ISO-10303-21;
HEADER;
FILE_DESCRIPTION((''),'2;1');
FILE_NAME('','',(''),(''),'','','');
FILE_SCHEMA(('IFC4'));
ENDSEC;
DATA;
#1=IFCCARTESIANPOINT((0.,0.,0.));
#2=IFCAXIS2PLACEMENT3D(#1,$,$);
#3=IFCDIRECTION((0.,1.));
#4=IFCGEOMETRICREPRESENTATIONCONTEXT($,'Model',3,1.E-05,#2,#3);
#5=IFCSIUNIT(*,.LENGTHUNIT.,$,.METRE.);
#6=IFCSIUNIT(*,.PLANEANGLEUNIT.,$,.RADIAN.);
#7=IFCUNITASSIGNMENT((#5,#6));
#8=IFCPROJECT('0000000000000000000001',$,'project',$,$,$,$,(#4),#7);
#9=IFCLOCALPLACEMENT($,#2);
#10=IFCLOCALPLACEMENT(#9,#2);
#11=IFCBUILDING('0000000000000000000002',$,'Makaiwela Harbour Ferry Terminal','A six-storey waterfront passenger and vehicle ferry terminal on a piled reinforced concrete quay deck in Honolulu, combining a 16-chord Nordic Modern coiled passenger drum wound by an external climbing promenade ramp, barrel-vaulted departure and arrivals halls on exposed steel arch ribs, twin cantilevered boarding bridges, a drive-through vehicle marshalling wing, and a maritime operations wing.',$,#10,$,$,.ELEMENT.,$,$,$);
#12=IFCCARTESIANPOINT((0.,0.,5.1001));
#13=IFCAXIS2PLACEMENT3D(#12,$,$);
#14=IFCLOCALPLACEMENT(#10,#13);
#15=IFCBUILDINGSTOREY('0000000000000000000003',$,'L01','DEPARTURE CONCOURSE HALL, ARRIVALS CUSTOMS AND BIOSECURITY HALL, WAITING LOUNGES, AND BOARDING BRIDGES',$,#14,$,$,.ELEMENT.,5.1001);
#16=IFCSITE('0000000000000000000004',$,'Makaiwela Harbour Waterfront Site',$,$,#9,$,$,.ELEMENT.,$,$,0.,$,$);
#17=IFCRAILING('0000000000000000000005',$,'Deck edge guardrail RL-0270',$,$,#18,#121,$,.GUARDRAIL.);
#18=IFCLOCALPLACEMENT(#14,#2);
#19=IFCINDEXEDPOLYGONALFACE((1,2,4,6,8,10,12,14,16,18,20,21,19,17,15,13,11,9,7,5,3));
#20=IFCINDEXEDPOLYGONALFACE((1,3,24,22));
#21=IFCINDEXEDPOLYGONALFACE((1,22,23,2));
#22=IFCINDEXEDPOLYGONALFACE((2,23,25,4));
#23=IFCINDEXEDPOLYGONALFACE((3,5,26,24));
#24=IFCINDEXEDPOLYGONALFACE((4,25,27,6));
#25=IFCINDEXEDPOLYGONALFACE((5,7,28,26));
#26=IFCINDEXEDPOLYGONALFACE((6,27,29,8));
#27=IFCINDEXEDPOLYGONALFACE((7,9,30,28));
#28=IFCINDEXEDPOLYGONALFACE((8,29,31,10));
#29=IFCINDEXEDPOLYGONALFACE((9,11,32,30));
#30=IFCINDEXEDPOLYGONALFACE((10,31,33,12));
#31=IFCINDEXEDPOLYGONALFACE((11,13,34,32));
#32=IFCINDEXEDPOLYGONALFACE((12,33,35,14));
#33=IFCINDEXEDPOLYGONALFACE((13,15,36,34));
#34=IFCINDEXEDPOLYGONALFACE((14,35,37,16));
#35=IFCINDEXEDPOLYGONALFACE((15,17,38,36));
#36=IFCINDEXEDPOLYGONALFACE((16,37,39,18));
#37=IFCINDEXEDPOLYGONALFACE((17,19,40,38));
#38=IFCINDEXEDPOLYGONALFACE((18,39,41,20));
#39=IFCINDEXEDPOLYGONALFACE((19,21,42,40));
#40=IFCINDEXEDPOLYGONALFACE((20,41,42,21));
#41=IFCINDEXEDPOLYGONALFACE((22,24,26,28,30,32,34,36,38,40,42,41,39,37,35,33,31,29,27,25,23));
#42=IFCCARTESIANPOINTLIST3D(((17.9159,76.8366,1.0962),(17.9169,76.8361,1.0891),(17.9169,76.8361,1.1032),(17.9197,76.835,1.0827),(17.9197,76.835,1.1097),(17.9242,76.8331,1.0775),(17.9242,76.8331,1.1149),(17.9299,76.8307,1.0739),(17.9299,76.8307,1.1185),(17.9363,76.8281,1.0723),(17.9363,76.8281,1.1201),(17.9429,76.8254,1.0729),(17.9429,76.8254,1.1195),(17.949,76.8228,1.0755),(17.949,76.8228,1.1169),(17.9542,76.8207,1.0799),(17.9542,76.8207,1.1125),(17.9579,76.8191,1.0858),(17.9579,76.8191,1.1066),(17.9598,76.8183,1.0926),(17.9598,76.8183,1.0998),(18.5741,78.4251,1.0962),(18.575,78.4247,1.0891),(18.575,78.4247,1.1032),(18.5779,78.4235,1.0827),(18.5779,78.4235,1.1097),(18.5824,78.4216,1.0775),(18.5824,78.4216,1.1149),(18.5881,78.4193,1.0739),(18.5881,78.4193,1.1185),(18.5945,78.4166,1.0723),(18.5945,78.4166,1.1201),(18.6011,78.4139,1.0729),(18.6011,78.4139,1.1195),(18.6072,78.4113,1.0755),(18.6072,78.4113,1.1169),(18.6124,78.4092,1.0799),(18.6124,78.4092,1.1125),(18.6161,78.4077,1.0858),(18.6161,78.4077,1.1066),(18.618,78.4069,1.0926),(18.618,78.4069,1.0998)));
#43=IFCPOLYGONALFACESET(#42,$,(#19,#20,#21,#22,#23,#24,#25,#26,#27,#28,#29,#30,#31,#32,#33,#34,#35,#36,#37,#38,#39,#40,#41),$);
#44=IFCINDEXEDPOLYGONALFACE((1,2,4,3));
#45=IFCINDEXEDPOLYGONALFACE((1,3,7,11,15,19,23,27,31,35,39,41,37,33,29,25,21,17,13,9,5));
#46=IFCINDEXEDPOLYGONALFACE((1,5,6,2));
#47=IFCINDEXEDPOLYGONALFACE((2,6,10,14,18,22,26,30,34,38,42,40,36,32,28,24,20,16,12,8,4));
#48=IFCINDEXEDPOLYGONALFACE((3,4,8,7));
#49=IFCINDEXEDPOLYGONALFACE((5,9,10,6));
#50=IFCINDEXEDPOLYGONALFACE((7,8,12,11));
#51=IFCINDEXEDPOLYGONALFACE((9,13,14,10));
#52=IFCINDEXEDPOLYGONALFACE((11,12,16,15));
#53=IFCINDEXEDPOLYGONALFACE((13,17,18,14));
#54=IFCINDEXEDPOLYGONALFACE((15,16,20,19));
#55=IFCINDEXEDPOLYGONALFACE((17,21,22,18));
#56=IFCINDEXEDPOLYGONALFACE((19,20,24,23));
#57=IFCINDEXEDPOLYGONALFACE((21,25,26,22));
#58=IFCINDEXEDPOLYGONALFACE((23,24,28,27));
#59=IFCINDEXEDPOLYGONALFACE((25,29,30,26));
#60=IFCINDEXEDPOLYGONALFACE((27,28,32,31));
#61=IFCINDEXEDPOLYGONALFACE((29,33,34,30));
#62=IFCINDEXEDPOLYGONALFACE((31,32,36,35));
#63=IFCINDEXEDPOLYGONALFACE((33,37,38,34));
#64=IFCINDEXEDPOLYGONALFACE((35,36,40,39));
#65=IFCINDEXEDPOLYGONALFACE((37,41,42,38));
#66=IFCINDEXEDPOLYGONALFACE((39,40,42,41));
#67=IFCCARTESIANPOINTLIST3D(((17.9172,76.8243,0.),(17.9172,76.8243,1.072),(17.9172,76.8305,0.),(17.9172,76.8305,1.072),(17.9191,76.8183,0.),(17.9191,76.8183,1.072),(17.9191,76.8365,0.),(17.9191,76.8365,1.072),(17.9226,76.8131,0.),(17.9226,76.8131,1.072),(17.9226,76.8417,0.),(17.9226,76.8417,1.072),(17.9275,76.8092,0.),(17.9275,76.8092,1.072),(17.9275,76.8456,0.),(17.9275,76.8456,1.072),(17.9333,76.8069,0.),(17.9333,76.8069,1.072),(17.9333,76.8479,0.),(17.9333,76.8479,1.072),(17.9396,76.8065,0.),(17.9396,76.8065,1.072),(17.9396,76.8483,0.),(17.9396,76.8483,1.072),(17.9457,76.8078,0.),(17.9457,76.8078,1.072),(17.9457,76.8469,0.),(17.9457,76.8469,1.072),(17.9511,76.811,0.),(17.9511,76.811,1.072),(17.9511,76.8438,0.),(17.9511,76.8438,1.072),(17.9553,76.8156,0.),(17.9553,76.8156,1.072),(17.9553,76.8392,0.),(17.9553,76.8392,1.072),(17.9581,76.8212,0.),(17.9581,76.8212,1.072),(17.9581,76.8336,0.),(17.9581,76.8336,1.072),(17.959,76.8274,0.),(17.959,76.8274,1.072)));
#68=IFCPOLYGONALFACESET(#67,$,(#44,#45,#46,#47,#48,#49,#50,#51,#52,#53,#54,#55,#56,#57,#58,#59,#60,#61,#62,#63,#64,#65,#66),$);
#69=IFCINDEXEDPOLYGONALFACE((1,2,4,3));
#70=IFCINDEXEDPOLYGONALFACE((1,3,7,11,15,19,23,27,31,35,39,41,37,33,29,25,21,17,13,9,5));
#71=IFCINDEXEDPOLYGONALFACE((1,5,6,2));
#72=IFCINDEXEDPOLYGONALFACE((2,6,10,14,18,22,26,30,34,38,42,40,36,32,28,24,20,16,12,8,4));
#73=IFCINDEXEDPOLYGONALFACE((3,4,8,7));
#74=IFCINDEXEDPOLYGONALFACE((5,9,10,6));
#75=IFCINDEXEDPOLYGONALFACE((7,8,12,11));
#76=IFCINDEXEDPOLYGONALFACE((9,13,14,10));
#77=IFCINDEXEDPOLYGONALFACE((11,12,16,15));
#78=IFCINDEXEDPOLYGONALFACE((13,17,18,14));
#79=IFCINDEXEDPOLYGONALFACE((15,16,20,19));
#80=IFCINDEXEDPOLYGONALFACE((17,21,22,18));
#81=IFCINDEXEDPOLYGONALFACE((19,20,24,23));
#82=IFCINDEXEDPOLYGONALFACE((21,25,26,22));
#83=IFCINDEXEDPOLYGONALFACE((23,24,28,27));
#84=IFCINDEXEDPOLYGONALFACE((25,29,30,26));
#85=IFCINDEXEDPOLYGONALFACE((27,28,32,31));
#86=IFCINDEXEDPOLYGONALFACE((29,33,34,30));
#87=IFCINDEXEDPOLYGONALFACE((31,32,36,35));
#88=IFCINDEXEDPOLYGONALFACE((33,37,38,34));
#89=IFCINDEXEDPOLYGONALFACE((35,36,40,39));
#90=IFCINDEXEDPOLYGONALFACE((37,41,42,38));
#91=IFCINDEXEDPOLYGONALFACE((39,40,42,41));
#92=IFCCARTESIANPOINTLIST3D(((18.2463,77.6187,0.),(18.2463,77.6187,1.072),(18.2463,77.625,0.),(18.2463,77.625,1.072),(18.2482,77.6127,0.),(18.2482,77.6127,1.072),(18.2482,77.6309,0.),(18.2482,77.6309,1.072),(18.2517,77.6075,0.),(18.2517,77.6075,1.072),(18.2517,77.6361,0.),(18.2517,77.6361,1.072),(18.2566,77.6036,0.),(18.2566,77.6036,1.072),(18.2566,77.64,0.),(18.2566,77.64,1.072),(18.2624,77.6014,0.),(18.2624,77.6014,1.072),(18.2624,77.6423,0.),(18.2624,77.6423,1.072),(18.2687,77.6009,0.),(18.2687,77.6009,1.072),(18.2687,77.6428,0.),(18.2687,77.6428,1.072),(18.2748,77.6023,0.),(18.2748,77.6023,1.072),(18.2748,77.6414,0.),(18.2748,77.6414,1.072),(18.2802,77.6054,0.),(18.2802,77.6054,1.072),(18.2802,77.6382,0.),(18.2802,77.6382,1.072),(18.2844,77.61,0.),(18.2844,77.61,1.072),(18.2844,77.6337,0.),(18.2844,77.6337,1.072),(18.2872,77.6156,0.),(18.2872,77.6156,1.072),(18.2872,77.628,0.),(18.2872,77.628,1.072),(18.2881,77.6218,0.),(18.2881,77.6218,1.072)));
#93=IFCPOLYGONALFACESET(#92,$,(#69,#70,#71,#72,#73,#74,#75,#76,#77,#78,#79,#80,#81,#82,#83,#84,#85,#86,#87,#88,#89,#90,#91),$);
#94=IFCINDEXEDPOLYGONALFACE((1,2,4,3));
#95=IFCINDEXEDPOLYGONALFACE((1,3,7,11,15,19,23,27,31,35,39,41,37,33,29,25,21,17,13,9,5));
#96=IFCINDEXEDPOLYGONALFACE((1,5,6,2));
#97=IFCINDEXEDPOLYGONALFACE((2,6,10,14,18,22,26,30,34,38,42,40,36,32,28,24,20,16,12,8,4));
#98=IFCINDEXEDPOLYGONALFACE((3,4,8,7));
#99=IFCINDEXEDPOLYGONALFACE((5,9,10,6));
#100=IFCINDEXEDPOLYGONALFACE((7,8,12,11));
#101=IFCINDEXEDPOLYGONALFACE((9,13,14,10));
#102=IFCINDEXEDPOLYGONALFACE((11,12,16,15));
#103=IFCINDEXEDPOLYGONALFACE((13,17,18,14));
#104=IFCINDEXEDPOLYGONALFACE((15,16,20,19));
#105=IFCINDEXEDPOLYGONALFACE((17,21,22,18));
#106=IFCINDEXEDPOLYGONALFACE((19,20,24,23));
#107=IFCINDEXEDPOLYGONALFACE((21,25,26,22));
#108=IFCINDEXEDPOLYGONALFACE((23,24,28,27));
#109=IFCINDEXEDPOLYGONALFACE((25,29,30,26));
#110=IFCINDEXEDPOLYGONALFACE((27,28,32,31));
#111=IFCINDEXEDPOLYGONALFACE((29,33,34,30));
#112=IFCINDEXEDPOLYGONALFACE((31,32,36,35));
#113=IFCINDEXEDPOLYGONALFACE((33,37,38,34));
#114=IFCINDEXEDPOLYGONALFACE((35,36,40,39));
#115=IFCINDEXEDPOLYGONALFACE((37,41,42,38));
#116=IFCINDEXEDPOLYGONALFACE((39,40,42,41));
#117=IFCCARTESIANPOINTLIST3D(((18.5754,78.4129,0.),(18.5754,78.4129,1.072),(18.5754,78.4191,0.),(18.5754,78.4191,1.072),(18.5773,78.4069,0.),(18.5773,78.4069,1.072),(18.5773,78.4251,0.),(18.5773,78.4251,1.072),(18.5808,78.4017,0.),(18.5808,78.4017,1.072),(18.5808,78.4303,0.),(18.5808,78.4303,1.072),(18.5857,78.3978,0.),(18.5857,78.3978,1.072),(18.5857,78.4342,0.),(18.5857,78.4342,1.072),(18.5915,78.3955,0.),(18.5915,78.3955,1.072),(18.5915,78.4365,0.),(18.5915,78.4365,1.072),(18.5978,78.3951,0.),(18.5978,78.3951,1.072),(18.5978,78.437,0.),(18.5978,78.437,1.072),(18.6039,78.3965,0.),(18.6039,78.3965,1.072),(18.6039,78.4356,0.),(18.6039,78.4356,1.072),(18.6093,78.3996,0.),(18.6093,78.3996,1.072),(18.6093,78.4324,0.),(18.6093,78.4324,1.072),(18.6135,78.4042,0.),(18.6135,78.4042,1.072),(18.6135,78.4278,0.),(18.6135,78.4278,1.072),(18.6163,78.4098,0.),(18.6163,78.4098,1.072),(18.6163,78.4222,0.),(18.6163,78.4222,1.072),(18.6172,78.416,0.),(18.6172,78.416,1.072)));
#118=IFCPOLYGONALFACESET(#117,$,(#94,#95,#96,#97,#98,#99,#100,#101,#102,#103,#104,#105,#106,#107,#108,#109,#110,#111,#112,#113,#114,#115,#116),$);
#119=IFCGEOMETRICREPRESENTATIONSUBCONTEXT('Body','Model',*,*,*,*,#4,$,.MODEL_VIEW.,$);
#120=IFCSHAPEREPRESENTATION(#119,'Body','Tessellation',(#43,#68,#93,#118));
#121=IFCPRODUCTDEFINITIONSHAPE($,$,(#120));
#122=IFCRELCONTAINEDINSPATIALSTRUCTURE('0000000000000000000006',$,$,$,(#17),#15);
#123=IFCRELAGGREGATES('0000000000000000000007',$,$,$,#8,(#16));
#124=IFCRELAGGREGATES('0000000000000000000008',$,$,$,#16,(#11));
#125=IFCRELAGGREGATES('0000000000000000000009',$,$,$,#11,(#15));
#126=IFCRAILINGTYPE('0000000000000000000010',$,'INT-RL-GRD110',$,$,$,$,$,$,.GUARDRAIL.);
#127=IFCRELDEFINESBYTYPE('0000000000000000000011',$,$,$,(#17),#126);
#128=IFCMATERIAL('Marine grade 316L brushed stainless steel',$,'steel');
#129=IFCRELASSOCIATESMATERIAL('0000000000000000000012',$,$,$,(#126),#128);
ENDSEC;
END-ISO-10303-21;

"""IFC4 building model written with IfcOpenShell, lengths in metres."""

from ifc_helpers import new_model, si_unit, direction, frame, origin, origin_2d, place, context, subcontext, project, spatial, circle, extrude, material, type_object, element, save


model = new_model("IFC4")

# Units and contexts
model_context = context("Model", 3, precision=1e-05, world=origin(), true_north=direction((0.0, 1.0)))
body_context = subcontext(model_context, "Body", "Model", "MODEL_VIEW")
ifc_project = project(units=[si_unit("LENGTHUNIT", "METRE"), si_unit("PLANEANGLEUNIT", "RADIAN")], contexts=[model_context])

# Site, building, storey
site_placement = place(None, origin())
site = spatial("IfcSite", under=ifc_project, at=site_placement, Name="Makaiwela Harbour Waterfront Site", CompositionType="ELEMENT", RefElevation=0.0)
building_placement = place(site_placement, origin())
building = spatial("IfcBuilding", under=site, at=building_placement, Name="Makaiwela Harbour Ferry Terminal", Description="A six-storey waterfront passenger and vehicle ferry terminal on a piled reinforced concrete quay deck in Honolulu, combining a 16-chord Nordic Modern coiled passenger drum wound by an external climbing promenade ramp, barrel-vaulted departure and arrivals halls on exposed steel arch ribs, twin cantilevered boarding bridges, a drive-through vehicle marshalling wing, and a maritime operations wing.", CompositionType="ELEMENT")
storey_placement = place(building_placement, frame((0.0, 0.0, 5.1001)))
storey = spatial("IfcBuildingStorey", under=building, at=storey_placement, Name="L01", Description="DEPARTURE CONCOURSE HALL, ARRIVALS CUSTOMS AND BIOSECURITY HALL, WAITING LOUNGES, AND BOARDING BRIDGES", CompositionType="ELEMENT", Elevation=5.1001)

# Railing
ifc_material_1 = material(Name="Marine grade 316L brushed stainless steel", Category="steel")
railing_type_1 = type_object("IfcRailingType", Name="INT-RL-GRD110", PredefinedType="GUARDRAIL", material=ifc_material_1)
railing_1_placement = place(storey_placement, frame((17.938, 76.8274, 0.0)))
element("IfcRailing", 1, at=railing_1_placement, inside=storey, type_object=railing_type_1, Name="Deck edge guardrail RL-0270", PredefinedType="GUARDRAIL", context=body_context, shape_type="SweptSolid", body=[
    extrude(circle(Radius=0.0239, at=origin_2d()), frame((0.0, 0.0, 1.0962), z_axis=(0.38277, 0.923844, 0.0), x_axis=(-0.923844, 0.38277, 0.0)), (0.0, 0.0, 1.0), 1.7195),
    extrude(circle(Radius=0.021, at=origin_2d()), origin(), (0.0, 0.0, 1.0), 1.072),
    extrude(circle(Radius=0.021, at=origin_2d()), frame((0.3291, 0.7944, 0.0)), (0.0, 0.0, 1.0), 1.072),
    extrude(circle(Radius=0.021, at=origin_2d()), frame((0.6582, 1.5886, 0.0)), (0.0, 0.0, 1.0), 1.072),
])

save(model, "model.ifc")
